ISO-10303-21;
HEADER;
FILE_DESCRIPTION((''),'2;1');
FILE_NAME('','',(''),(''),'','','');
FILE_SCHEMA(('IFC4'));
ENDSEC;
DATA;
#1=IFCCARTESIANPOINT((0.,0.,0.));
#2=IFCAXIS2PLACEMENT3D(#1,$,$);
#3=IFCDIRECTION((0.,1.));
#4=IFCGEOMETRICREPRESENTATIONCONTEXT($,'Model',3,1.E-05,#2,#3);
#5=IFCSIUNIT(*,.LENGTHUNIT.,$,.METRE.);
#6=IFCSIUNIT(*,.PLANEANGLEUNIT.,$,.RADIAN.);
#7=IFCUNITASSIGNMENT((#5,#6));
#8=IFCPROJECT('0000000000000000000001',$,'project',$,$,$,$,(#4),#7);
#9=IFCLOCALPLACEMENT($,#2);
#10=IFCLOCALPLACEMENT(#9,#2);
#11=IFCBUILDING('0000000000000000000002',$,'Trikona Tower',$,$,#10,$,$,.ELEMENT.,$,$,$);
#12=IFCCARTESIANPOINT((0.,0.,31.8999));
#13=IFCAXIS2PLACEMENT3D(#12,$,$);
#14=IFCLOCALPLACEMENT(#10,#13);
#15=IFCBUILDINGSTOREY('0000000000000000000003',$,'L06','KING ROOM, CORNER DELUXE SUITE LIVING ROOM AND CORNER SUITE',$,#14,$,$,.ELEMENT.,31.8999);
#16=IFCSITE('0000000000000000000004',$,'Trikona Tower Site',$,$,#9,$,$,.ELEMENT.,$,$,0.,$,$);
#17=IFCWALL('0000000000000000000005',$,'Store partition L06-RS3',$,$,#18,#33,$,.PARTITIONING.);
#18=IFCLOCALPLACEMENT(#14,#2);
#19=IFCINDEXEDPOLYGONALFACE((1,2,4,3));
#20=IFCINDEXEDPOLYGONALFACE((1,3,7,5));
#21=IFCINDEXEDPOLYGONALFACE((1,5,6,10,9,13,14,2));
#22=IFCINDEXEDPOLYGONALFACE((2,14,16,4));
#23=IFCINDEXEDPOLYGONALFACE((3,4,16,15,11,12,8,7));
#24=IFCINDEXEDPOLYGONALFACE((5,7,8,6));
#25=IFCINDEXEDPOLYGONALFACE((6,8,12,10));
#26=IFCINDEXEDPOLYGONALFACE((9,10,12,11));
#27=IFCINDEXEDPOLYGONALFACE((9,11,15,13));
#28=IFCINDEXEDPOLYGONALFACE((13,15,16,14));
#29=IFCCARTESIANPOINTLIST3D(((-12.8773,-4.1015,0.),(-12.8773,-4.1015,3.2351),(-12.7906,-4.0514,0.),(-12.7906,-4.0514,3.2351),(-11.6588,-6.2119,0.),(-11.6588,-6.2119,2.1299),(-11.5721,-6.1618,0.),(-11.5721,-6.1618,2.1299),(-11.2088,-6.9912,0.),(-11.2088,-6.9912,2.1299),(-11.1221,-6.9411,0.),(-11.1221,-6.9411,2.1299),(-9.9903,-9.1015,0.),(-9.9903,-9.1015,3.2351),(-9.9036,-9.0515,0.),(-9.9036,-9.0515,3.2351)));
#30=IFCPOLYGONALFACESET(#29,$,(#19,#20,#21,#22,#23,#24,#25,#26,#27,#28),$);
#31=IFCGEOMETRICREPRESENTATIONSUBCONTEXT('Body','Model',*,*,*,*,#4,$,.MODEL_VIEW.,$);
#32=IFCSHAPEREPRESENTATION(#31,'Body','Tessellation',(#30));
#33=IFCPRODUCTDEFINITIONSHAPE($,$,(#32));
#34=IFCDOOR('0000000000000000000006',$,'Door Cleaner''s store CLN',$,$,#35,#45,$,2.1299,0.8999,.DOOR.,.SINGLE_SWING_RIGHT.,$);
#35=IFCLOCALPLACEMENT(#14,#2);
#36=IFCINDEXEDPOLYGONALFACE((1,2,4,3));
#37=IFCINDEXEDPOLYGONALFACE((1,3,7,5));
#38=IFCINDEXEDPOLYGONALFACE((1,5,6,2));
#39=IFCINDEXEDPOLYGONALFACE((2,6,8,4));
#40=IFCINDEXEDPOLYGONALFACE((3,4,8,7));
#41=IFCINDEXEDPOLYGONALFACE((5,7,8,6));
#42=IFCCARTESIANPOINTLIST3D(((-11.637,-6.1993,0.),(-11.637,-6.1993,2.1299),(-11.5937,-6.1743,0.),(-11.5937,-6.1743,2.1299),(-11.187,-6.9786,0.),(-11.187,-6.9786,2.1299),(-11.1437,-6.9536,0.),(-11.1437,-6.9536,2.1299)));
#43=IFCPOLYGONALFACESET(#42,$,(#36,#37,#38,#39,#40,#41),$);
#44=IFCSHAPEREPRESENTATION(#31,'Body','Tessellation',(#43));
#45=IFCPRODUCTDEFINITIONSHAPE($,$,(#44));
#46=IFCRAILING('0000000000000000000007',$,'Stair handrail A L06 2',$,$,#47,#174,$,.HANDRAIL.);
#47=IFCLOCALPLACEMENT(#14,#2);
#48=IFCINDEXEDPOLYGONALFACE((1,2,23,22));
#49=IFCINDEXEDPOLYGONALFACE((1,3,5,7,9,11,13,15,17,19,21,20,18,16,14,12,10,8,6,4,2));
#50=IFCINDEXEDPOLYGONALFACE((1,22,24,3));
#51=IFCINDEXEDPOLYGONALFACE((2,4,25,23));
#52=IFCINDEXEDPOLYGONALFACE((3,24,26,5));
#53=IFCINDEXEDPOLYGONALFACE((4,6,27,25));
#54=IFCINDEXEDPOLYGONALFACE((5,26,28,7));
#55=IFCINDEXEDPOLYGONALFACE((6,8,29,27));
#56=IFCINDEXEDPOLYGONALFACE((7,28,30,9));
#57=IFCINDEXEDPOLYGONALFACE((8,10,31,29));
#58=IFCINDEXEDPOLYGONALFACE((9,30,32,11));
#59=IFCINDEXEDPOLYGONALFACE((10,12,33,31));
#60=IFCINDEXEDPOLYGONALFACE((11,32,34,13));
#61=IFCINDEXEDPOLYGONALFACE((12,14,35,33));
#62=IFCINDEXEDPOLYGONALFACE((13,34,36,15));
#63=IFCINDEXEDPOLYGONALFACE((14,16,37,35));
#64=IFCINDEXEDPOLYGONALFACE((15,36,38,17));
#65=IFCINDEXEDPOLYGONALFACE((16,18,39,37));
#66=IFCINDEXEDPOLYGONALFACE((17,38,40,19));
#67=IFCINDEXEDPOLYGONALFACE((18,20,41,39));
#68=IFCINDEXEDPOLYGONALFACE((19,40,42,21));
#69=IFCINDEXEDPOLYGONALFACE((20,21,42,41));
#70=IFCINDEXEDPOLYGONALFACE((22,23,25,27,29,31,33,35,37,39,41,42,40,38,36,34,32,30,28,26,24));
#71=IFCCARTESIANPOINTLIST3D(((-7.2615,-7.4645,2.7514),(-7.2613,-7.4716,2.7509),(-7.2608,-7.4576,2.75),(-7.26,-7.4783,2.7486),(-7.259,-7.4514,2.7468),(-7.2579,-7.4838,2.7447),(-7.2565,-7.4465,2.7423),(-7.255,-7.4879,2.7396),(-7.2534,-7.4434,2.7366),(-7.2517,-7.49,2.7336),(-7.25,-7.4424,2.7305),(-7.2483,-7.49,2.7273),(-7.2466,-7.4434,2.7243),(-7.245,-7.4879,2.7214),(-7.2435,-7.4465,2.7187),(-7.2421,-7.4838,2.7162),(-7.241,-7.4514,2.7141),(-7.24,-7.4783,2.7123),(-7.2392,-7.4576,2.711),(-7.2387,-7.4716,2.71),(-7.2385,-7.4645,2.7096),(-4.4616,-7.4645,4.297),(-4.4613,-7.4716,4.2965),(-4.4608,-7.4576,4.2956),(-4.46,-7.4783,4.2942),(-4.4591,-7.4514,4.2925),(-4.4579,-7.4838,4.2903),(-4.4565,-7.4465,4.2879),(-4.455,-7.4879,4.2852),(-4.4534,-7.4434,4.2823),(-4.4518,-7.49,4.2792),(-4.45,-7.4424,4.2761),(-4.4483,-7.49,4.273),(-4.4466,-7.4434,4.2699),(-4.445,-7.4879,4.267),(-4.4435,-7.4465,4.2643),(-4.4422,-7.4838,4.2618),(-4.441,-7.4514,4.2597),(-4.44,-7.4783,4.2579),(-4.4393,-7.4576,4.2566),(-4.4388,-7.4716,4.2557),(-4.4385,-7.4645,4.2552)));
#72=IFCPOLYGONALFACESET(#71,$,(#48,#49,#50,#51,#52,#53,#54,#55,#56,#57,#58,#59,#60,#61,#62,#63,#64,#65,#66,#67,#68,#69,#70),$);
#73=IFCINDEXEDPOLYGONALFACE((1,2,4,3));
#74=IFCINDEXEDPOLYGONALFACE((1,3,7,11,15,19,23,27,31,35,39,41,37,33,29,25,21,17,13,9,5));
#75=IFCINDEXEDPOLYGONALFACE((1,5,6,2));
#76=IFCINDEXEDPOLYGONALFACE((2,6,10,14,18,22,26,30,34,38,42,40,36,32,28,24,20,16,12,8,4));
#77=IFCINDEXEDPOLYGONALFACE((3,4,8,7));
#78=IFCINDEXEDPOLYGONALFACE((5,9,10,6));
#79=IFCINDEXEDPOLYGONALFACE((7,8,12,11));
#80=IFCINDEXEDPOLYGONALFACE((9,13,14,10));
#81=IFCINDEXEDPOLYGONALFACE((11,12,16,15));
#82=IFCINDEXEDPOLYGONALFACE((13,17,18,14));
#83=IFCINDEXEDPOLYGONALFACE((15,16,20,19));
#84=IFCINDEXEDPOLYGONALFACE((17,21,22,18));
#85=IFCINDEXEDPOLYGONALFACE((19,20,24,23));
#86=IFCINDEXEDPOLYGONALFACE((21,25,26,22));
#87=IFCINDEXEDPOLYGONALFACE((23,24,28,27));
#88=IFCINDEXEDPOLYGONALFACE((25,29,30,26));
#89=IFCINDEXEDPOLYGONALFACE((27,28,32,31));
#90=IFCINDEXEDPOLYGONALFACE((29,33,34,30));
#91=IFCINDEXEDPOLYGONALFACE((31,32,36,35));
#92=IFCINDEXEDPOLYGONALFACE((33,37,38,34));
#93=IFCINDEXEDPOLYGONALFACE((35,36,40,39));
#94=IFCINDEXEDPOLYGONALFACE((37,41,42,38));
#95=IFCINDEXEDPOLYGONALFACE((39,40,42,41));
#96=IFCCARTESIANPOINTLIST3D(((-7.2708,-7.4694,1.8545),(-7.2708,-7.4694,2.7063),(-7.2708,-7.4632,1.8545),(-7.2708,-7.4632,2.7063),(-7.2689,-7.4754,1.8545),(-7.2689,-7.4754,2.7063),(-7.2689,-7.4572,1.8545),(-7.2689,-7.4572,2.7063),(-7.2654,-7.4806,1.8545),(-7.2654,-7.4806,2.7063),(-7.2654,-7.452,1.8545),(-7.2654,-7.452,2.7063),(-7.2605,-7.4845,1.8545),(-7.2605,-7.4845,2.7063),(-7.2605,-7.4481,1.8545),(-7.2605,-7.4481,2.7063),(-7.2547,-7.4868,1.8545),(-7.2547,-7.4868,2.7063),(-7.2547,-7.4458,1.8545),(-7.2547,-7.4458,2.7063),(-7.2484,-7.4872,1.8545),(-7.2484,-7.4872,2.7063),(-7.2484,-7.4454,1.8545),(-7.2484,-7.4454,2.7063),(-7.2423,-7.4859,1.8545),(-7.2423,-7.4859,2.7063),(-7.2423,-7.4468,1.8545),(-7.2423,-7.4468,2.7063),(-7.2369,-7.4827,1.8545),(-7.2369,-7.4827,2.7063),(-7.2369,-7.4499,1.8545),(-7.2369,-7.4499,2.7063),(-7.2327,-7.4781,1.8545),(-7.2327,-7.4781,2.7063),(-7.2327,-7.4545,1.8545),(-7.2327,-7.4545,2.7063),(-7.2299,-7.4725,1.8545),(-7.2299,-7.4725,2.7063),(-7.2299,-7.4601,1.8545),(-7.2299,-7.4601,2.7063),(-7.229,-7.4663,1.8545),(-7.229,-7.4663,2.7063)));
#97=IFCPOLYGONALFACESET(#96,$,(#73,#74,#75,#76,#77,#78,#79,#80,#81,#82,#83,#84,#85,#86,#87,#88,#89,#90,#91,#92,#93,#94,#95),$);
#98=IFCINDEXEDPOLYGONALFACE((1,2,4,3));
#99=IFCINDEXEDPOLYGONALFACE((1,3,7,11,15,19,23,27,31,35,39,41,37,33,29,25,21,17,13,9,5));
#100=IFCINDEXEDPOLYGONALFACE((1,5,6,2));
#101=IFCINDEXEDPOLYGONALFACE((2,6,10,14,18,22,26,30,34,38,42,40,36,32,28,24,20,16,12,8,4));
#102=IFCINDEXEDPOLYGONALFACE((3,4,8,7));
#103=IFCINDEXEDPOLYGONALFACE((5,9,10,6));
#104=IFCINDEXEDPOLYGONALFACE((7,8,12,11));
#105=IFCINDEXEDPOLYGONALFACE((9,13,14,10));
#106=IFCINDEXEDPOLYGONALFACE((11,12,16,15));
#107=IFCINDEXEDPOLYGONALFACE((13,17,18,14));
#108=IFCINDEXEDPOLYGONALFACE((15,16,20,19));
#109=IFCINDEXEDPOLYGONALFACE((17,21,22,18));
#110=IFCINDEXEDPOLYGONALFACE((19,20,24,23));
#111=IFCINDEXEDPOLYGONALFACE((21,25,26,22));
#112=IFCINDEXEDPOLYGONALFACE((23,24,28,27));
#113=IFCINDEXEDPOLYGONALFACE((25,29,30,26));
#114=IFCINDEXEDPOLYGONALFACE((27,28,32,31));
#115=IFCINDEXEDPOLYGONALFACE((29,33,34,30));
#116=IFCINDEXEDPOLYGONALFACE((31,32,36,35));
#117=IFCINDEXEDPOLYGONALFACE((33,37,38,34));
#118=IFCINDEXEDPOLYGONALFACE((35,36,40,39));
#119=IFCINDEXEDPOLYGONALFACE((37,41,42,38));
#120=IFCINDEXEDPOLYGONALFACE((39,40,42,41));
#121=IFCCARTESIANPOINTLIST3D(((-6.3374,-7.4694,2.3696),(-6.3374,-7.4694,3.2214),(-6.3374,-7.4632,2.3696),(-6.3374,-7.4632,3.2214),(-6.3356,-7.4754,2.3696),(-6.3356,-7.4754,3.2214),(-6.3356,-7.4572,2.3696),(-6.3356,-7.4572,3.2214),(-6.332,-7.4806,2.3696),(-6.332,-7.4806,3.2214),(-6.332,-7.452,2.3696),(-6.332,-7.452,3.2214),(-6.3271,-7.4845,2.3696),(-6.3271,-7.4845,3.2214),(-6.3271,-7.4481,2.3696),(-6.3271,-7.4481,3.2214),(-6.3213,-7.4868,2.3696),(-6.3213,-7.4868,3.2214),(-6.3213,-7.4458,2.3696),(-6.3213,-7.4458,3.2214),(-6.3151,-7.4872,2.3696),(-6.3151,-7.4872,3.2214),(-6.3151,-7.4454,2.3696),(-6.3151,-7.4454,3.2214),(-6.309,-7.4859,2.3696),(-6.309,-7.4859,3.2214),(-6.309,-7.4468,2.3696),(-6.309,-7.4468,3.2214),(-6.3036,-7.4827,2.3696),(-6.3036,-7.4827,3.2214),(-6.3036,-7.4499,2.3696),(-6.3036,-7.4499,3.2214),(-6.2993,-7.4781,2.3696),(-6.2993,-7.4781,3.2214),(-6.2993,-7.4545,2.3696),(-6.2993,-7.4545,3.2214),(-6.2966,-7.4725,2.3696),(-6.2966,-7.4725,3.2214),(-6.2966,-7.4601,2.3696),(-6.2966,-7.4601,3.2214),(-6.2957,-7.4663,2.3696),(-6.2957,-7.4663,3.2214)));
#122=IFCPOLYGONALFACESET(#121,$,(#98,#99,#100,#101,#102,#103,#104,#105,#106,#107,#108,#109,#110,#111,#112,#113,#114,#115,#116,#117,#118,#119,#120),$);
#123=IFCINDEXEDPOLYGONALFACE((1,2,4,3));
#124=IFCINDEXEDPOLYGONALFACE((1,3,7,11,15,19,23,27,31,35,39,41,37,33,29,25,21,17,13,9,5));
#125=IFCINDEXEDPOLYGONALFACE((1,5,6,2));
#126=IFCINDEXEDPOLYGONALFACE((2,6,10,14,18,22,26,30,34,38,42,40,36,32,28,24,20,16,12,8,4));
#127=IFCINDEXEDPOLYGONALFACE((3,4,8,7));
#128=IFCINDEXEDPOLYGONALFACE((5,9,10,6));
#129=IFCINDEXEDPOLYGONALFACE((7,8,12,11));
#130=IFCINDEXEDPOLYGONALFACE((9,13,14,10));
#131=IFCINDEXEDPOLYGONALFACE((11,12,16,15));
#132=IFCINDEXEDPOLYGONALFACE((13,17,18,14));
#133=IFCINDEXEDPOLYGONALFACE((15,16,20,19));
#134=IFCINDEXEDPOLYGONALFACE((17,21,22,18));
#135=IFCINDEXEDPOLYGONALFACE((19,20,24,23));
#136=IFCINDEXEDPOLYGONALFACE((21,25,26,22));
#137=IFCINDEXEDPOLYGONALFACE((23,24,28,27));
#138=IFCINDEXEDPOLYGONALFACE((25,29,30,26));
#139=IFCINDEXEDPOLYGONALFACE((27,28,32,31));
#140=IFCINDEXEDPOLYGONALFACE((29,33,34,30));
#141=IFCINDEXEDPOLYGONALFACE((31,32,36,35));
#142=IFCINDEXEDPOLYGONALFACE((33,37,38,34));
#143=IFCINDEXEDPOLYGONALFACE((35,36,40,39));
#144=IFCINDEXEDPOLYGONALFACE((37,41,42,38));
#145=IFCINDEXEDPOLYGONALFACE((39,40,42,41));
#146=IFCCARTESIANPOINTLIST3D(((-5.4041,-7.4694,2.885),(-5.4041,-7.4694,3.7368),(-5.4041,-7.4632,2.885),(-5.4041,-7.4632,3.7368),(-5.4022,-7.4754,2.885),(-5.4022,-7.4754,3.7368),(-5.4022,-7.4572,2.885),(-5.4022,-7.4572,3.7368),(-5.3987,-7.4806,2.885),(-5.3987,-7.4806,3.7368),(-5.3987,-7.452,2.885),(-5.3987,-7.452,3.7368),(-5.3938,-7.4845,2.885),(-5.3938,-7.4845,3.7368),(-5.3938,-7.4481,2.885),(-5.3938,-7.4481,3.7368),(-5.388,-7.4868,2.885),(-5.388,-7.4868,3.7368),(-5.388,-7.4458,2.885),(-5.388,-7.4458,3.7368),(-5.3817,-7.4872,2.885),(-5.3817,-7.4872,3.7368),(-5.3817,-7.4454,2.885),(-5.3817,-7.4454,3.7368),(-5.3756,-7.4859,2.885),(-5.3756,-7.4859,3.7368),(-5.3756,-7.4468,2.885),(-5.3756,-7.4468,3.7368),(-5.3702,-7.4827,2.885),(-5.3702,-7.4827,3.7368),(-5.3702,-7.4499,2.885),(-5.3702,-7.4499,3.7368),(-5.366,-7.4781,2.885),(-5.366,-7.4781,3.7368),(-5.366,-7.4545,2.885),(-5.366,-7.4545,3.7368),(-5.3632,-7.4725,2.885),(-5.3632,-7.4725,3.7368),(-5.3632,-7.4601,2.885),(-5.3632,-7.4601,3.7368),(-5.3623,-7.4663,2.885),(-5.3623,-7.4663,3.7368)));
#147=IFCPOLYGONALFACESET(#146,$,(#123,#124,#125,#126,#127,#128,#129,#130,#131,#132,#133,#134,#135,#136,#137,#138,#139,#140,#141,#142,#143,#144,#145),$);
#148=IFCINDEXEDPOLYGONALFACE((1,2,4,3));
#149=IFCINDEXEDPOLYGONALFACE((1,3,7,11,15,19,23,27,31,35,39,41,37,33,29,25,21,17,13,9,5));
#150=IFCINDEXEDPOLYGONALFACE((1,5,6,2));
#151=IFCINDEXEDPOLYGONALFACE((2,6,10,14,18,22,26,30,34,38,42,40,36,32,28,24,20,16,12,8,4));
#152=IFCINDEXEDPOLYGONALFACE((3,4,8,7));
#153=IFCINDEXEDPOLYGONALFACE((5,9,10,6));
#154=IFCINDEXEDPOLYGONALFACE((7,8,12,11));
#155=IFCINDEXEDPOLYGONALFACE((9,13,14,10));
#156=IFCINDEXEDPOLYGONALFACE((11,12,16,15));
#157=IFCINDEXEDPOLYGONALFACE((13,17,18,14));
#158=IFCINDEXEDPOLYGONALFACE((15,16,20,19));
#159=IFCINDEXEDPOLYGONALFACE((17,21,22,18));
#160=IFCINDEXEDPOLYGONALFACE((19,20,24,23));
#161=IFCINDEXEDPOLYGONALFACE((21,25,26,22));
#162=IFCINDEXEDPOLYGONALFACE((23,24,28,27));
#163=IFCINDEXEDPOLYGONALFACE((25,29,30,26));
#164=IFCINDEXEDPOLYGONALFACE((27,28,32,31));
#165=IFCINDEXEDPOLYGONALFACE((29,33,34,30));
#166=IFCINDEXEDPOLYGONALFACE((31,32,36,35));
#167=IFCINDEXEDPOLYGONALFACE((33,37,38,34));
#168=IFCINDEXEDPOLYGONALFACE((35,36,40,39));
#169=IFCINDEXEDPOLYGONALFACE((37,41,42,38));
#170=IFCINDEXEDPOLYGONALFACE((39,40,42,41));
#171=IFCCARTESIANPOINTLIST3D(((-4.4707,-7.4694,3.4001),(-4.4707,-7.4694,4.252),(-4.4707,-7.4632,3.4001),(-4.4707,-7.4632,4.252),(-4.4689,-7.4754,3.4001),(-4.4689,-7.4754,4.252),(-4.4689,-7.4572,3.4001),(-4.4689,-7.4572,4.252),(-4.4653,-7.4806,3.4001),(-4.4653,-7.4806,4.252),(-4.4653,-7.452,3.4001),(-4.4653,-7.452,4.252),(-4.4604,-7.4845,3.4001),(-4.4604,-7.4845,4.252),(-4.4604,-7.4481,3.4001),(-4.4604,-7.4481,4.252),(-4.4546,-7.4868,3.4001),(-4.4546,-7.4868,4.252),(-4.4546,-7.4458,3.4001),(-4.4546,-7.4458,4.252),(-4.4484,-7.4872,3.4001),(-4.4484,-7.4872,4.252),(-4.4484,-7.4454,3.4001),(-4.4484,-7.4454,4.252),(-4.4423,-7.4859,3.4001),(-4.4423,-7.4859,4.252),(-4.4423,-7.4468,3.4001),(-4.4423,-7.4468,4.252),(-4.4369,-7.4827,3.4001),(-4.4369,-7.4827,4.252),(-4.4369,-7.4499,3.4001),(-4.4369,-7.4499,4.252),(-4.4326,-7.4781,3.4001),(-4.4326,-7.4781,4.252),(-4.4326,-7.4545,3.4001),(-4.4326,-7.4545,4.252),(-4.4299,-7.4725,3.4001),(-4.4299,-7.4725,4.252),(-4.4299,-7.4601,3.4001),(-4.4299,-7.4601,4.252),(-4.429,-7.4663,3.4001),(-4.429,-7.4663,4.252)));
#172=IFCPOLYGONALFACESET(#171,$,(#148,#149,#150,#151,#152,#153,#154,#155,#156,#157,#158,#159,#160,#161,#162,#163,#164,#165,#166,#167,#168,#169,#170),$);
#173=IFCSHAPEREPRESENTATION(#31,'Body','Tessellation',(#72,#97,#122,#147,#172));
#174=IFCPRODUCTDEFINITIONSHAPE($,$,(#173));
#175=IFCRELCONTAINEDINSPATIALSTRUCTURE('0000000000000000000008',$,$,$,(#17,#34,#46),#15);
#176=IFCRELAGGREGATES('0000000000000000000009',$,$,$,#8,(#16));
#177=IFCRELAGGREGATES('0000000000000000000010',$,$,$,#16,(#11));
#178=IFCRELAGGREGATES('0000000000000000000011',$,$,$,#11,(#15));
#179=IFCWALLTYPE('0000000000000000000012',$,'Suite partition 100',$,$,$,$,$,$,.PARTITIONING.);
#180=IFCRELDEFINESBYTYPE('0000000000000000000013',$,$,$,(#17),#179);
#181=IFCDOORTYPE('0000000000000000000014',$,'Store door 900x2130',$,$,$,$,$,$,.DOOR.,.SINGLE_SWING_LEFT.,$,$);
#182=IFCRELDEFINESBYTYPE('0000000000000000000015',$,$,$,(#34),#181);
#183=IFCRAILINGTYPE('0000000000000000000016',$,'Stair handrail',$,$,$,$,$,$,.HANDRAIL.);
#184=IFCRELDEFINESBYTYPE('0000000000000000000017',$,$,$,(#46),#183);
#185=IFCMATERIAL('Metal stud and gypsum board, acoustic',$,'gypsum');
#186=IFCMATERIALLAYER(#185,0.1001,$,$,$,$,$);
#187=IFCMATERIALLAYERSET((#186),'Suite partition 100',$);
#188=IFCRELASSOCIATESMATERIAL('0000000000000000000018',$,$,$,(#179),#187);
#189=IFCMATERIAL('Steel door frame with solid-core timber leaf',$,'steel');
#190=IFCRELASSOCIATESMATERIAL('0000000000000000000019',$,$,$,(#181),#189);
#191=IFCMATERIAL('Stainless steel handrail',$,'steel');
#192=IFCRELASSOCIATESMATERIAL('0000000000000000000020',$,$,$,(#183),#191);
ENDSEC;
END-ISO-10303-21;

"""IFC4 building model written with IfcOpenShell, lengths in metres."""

from ifc_helpers import new_model, si_unit, direction, frame, frame_2d, origin, origin_2d, place, context, subcontext, project, spatial, rectangle, circle, extrude, material, layer, layer_set, type_object, element, fill, save


model = new_model("IFC4")

# Units and contexts
model_context = context("Model", 3, precision=1e-05, world=origin(), true_north=direction((0.0, 1.0)))
body_context = subcontext(model_context, "Body", "Model", "MODEL_VIEW")
ifc_project = project(units=[si_unit("LENGTHUNIT", "METRE"), si_unit("PLANEANGLEUNIT", "RADIAN")], contexts=[model_context])

# Site, building, storey
site_placement = place(None, origin())
site = spatial("IfcSite", under=ifc_project, at=site_placement, Name="Trikona Tower Site", CompositionType="ELEMENT", RefElevation=0.0)
building_placement = place(site_placement, origin())
building = spatial("IfcBuilding", under=site, at=building_placement, Name="Trikona Tower", CompositionType="ELEMENT")
storey_placement = place(building_placement, frame((0.0, 0.0, 31.8999)))
storey = spatial("IfcBuildingStorey", under=building, at=storey_placement, Name="L06", Description="KING ROOM, CORNER DELUXE SUITE LIVING ROOM AND CORNER SUITE", CompositionType="ELEMENT", Elevation=31.8999)

# Wall, opening, door
ifc_material_1 = material(Name="Metal stud and gypsum board, acoustic", Category="gypsum")
ifc_layer_1 = layer(ifc_material_1, 0.1001)
ifc_layer_set_1 = layer_set([ifc_layer_1], Name="Suite partition 100")
wall_type_1 = type_object("IfcWallType", Name="Suite partition 100", PredefinedType="PARTITIONING", material=ifc_layer_set_1)
wall_1_placement = place(storey_placement, frame((-9.947, -9.0764, 0.0), z_axis=(0.0, 0.0, 1.0), x_axis=(-0.500027, 0.86601, 0.0)))
wall_1 = element("IfcWall", 1, at=wall_1_placement, inside=storey, type_object=wall_type_1, Name="Store partition L06-RS3", PredefinedType="PARTITIONING", context=body_context, shape_type="SweptSolid", body=[
    extrude(rectangle(XDim=5.7737, YDim=0.1001, at=frame_2d((2.8867, 0.0))), origin(), (0.0, 0.0, 1.0), 3.2351),
])
opening_1_placement = place(wall_1_placement, frame((2.4368, 0.0, 0.0)))
opening_1 = element("IfcOpeningElement", 2, at=opening_1_placement, cuts=wall_1, PredefinedType="OPENING", context=body_context, shape_type="SweptSolid", body=[
    extrude(rectangle(XDim=0.8999, YDim=2.1299, at=frame_2d((0.45, 1.0649))), frame((0.0, 0.0601, 0.0), z_axis=(0.0, -1.0, 0.0), x_axis=(1.0, 0.0, 0.0)), (0.0, 0.0, 1.0), 0.1201),
])
ifc_material_2 = material(Name="Steel door frame with solid-core timber leaf", Category="steel")
door_type_1 = type_object("IfcDoorType", Name="Store door 900x2130", OperationType="SINGLE_SWING_LEFT", PredefinedType="DOOR", material=ifc_material_2)
door_1_placement = place(opening_1_placement, origin())
door_1 = element("IfcDoor", 3, at=door_1_placement, inside=storey, type_object=door_type_1, Name="Door Cleaner's store CLN", OperationType="SINGLE_SWING_RIGHT", OverallHeight=2.1299, OverallWidth=0.8999, PredefinedType="DOOR", context=body_context, shape_type="SweptSolid", body=[
    extrude(rectangle(XDim=0.8999, YDim=2.1299, at=frame_2d((0.45, 1.0649))), frame((0.0, 0.0249, 0.0), z_axis=(0.0, -1.0, 0.0), x_axis=(1.0, 0.0, 0.0)), (0.0, 0.0, 1.0), 0.05),
])
fill(opening_1, door_1)

# Railing
ifc_material_3 = material(Name="Stainless steel handrail", Category="steel")
railing_type = type_object("IfcRailingType", Name="Stair handrail", PredefinedType="HANDRAIL", material=ifc_material_3)
railing_placement = place(storey_placement, frame((-7.25, -7.4663, 1.8545)))
element("IfcRailing", 4, at=railing_placement, inside=storey, type_object=railing_type, Name="Stair handrail A L06 2", PredefinedType="HANDRAIL", context=body_context, shape_type="SweptSolid", body=[
    extrude(circle(Radius=0.0239, at=origin_2d()), frame((0.0, 0.0, 0.876), z_axis=(0.875472, 0.0, 0.483269), x_axis=(0.0, 1.0, 0.0)), (0.0, 0.0, 1.0), 3.1982),
    extrude(circle(Radius=0.021, at=origin_2d()), origin(), (0.0, 0.0, 1.0), 0.8518),
    extrude(circle(Radius=0.021, at=origin_2d()), frame((0.9333, 0.0, 0.5151)), (0.0, 0.0, 1.0), 0.8518),
    extrude(circle(Radius=0.021, at=origin_2d()), frame((1.8667, 0.0, 1.0305)), (0.0, 0.0, 1.0), 0.8518),
    extrude(circle(Radius=0.021, at=origin_2d()), frame((2.8, 0.0, 1.5457)), (0.0, 0.0, 1.0), 0.8518),
])

save(model, "model.ifc")
